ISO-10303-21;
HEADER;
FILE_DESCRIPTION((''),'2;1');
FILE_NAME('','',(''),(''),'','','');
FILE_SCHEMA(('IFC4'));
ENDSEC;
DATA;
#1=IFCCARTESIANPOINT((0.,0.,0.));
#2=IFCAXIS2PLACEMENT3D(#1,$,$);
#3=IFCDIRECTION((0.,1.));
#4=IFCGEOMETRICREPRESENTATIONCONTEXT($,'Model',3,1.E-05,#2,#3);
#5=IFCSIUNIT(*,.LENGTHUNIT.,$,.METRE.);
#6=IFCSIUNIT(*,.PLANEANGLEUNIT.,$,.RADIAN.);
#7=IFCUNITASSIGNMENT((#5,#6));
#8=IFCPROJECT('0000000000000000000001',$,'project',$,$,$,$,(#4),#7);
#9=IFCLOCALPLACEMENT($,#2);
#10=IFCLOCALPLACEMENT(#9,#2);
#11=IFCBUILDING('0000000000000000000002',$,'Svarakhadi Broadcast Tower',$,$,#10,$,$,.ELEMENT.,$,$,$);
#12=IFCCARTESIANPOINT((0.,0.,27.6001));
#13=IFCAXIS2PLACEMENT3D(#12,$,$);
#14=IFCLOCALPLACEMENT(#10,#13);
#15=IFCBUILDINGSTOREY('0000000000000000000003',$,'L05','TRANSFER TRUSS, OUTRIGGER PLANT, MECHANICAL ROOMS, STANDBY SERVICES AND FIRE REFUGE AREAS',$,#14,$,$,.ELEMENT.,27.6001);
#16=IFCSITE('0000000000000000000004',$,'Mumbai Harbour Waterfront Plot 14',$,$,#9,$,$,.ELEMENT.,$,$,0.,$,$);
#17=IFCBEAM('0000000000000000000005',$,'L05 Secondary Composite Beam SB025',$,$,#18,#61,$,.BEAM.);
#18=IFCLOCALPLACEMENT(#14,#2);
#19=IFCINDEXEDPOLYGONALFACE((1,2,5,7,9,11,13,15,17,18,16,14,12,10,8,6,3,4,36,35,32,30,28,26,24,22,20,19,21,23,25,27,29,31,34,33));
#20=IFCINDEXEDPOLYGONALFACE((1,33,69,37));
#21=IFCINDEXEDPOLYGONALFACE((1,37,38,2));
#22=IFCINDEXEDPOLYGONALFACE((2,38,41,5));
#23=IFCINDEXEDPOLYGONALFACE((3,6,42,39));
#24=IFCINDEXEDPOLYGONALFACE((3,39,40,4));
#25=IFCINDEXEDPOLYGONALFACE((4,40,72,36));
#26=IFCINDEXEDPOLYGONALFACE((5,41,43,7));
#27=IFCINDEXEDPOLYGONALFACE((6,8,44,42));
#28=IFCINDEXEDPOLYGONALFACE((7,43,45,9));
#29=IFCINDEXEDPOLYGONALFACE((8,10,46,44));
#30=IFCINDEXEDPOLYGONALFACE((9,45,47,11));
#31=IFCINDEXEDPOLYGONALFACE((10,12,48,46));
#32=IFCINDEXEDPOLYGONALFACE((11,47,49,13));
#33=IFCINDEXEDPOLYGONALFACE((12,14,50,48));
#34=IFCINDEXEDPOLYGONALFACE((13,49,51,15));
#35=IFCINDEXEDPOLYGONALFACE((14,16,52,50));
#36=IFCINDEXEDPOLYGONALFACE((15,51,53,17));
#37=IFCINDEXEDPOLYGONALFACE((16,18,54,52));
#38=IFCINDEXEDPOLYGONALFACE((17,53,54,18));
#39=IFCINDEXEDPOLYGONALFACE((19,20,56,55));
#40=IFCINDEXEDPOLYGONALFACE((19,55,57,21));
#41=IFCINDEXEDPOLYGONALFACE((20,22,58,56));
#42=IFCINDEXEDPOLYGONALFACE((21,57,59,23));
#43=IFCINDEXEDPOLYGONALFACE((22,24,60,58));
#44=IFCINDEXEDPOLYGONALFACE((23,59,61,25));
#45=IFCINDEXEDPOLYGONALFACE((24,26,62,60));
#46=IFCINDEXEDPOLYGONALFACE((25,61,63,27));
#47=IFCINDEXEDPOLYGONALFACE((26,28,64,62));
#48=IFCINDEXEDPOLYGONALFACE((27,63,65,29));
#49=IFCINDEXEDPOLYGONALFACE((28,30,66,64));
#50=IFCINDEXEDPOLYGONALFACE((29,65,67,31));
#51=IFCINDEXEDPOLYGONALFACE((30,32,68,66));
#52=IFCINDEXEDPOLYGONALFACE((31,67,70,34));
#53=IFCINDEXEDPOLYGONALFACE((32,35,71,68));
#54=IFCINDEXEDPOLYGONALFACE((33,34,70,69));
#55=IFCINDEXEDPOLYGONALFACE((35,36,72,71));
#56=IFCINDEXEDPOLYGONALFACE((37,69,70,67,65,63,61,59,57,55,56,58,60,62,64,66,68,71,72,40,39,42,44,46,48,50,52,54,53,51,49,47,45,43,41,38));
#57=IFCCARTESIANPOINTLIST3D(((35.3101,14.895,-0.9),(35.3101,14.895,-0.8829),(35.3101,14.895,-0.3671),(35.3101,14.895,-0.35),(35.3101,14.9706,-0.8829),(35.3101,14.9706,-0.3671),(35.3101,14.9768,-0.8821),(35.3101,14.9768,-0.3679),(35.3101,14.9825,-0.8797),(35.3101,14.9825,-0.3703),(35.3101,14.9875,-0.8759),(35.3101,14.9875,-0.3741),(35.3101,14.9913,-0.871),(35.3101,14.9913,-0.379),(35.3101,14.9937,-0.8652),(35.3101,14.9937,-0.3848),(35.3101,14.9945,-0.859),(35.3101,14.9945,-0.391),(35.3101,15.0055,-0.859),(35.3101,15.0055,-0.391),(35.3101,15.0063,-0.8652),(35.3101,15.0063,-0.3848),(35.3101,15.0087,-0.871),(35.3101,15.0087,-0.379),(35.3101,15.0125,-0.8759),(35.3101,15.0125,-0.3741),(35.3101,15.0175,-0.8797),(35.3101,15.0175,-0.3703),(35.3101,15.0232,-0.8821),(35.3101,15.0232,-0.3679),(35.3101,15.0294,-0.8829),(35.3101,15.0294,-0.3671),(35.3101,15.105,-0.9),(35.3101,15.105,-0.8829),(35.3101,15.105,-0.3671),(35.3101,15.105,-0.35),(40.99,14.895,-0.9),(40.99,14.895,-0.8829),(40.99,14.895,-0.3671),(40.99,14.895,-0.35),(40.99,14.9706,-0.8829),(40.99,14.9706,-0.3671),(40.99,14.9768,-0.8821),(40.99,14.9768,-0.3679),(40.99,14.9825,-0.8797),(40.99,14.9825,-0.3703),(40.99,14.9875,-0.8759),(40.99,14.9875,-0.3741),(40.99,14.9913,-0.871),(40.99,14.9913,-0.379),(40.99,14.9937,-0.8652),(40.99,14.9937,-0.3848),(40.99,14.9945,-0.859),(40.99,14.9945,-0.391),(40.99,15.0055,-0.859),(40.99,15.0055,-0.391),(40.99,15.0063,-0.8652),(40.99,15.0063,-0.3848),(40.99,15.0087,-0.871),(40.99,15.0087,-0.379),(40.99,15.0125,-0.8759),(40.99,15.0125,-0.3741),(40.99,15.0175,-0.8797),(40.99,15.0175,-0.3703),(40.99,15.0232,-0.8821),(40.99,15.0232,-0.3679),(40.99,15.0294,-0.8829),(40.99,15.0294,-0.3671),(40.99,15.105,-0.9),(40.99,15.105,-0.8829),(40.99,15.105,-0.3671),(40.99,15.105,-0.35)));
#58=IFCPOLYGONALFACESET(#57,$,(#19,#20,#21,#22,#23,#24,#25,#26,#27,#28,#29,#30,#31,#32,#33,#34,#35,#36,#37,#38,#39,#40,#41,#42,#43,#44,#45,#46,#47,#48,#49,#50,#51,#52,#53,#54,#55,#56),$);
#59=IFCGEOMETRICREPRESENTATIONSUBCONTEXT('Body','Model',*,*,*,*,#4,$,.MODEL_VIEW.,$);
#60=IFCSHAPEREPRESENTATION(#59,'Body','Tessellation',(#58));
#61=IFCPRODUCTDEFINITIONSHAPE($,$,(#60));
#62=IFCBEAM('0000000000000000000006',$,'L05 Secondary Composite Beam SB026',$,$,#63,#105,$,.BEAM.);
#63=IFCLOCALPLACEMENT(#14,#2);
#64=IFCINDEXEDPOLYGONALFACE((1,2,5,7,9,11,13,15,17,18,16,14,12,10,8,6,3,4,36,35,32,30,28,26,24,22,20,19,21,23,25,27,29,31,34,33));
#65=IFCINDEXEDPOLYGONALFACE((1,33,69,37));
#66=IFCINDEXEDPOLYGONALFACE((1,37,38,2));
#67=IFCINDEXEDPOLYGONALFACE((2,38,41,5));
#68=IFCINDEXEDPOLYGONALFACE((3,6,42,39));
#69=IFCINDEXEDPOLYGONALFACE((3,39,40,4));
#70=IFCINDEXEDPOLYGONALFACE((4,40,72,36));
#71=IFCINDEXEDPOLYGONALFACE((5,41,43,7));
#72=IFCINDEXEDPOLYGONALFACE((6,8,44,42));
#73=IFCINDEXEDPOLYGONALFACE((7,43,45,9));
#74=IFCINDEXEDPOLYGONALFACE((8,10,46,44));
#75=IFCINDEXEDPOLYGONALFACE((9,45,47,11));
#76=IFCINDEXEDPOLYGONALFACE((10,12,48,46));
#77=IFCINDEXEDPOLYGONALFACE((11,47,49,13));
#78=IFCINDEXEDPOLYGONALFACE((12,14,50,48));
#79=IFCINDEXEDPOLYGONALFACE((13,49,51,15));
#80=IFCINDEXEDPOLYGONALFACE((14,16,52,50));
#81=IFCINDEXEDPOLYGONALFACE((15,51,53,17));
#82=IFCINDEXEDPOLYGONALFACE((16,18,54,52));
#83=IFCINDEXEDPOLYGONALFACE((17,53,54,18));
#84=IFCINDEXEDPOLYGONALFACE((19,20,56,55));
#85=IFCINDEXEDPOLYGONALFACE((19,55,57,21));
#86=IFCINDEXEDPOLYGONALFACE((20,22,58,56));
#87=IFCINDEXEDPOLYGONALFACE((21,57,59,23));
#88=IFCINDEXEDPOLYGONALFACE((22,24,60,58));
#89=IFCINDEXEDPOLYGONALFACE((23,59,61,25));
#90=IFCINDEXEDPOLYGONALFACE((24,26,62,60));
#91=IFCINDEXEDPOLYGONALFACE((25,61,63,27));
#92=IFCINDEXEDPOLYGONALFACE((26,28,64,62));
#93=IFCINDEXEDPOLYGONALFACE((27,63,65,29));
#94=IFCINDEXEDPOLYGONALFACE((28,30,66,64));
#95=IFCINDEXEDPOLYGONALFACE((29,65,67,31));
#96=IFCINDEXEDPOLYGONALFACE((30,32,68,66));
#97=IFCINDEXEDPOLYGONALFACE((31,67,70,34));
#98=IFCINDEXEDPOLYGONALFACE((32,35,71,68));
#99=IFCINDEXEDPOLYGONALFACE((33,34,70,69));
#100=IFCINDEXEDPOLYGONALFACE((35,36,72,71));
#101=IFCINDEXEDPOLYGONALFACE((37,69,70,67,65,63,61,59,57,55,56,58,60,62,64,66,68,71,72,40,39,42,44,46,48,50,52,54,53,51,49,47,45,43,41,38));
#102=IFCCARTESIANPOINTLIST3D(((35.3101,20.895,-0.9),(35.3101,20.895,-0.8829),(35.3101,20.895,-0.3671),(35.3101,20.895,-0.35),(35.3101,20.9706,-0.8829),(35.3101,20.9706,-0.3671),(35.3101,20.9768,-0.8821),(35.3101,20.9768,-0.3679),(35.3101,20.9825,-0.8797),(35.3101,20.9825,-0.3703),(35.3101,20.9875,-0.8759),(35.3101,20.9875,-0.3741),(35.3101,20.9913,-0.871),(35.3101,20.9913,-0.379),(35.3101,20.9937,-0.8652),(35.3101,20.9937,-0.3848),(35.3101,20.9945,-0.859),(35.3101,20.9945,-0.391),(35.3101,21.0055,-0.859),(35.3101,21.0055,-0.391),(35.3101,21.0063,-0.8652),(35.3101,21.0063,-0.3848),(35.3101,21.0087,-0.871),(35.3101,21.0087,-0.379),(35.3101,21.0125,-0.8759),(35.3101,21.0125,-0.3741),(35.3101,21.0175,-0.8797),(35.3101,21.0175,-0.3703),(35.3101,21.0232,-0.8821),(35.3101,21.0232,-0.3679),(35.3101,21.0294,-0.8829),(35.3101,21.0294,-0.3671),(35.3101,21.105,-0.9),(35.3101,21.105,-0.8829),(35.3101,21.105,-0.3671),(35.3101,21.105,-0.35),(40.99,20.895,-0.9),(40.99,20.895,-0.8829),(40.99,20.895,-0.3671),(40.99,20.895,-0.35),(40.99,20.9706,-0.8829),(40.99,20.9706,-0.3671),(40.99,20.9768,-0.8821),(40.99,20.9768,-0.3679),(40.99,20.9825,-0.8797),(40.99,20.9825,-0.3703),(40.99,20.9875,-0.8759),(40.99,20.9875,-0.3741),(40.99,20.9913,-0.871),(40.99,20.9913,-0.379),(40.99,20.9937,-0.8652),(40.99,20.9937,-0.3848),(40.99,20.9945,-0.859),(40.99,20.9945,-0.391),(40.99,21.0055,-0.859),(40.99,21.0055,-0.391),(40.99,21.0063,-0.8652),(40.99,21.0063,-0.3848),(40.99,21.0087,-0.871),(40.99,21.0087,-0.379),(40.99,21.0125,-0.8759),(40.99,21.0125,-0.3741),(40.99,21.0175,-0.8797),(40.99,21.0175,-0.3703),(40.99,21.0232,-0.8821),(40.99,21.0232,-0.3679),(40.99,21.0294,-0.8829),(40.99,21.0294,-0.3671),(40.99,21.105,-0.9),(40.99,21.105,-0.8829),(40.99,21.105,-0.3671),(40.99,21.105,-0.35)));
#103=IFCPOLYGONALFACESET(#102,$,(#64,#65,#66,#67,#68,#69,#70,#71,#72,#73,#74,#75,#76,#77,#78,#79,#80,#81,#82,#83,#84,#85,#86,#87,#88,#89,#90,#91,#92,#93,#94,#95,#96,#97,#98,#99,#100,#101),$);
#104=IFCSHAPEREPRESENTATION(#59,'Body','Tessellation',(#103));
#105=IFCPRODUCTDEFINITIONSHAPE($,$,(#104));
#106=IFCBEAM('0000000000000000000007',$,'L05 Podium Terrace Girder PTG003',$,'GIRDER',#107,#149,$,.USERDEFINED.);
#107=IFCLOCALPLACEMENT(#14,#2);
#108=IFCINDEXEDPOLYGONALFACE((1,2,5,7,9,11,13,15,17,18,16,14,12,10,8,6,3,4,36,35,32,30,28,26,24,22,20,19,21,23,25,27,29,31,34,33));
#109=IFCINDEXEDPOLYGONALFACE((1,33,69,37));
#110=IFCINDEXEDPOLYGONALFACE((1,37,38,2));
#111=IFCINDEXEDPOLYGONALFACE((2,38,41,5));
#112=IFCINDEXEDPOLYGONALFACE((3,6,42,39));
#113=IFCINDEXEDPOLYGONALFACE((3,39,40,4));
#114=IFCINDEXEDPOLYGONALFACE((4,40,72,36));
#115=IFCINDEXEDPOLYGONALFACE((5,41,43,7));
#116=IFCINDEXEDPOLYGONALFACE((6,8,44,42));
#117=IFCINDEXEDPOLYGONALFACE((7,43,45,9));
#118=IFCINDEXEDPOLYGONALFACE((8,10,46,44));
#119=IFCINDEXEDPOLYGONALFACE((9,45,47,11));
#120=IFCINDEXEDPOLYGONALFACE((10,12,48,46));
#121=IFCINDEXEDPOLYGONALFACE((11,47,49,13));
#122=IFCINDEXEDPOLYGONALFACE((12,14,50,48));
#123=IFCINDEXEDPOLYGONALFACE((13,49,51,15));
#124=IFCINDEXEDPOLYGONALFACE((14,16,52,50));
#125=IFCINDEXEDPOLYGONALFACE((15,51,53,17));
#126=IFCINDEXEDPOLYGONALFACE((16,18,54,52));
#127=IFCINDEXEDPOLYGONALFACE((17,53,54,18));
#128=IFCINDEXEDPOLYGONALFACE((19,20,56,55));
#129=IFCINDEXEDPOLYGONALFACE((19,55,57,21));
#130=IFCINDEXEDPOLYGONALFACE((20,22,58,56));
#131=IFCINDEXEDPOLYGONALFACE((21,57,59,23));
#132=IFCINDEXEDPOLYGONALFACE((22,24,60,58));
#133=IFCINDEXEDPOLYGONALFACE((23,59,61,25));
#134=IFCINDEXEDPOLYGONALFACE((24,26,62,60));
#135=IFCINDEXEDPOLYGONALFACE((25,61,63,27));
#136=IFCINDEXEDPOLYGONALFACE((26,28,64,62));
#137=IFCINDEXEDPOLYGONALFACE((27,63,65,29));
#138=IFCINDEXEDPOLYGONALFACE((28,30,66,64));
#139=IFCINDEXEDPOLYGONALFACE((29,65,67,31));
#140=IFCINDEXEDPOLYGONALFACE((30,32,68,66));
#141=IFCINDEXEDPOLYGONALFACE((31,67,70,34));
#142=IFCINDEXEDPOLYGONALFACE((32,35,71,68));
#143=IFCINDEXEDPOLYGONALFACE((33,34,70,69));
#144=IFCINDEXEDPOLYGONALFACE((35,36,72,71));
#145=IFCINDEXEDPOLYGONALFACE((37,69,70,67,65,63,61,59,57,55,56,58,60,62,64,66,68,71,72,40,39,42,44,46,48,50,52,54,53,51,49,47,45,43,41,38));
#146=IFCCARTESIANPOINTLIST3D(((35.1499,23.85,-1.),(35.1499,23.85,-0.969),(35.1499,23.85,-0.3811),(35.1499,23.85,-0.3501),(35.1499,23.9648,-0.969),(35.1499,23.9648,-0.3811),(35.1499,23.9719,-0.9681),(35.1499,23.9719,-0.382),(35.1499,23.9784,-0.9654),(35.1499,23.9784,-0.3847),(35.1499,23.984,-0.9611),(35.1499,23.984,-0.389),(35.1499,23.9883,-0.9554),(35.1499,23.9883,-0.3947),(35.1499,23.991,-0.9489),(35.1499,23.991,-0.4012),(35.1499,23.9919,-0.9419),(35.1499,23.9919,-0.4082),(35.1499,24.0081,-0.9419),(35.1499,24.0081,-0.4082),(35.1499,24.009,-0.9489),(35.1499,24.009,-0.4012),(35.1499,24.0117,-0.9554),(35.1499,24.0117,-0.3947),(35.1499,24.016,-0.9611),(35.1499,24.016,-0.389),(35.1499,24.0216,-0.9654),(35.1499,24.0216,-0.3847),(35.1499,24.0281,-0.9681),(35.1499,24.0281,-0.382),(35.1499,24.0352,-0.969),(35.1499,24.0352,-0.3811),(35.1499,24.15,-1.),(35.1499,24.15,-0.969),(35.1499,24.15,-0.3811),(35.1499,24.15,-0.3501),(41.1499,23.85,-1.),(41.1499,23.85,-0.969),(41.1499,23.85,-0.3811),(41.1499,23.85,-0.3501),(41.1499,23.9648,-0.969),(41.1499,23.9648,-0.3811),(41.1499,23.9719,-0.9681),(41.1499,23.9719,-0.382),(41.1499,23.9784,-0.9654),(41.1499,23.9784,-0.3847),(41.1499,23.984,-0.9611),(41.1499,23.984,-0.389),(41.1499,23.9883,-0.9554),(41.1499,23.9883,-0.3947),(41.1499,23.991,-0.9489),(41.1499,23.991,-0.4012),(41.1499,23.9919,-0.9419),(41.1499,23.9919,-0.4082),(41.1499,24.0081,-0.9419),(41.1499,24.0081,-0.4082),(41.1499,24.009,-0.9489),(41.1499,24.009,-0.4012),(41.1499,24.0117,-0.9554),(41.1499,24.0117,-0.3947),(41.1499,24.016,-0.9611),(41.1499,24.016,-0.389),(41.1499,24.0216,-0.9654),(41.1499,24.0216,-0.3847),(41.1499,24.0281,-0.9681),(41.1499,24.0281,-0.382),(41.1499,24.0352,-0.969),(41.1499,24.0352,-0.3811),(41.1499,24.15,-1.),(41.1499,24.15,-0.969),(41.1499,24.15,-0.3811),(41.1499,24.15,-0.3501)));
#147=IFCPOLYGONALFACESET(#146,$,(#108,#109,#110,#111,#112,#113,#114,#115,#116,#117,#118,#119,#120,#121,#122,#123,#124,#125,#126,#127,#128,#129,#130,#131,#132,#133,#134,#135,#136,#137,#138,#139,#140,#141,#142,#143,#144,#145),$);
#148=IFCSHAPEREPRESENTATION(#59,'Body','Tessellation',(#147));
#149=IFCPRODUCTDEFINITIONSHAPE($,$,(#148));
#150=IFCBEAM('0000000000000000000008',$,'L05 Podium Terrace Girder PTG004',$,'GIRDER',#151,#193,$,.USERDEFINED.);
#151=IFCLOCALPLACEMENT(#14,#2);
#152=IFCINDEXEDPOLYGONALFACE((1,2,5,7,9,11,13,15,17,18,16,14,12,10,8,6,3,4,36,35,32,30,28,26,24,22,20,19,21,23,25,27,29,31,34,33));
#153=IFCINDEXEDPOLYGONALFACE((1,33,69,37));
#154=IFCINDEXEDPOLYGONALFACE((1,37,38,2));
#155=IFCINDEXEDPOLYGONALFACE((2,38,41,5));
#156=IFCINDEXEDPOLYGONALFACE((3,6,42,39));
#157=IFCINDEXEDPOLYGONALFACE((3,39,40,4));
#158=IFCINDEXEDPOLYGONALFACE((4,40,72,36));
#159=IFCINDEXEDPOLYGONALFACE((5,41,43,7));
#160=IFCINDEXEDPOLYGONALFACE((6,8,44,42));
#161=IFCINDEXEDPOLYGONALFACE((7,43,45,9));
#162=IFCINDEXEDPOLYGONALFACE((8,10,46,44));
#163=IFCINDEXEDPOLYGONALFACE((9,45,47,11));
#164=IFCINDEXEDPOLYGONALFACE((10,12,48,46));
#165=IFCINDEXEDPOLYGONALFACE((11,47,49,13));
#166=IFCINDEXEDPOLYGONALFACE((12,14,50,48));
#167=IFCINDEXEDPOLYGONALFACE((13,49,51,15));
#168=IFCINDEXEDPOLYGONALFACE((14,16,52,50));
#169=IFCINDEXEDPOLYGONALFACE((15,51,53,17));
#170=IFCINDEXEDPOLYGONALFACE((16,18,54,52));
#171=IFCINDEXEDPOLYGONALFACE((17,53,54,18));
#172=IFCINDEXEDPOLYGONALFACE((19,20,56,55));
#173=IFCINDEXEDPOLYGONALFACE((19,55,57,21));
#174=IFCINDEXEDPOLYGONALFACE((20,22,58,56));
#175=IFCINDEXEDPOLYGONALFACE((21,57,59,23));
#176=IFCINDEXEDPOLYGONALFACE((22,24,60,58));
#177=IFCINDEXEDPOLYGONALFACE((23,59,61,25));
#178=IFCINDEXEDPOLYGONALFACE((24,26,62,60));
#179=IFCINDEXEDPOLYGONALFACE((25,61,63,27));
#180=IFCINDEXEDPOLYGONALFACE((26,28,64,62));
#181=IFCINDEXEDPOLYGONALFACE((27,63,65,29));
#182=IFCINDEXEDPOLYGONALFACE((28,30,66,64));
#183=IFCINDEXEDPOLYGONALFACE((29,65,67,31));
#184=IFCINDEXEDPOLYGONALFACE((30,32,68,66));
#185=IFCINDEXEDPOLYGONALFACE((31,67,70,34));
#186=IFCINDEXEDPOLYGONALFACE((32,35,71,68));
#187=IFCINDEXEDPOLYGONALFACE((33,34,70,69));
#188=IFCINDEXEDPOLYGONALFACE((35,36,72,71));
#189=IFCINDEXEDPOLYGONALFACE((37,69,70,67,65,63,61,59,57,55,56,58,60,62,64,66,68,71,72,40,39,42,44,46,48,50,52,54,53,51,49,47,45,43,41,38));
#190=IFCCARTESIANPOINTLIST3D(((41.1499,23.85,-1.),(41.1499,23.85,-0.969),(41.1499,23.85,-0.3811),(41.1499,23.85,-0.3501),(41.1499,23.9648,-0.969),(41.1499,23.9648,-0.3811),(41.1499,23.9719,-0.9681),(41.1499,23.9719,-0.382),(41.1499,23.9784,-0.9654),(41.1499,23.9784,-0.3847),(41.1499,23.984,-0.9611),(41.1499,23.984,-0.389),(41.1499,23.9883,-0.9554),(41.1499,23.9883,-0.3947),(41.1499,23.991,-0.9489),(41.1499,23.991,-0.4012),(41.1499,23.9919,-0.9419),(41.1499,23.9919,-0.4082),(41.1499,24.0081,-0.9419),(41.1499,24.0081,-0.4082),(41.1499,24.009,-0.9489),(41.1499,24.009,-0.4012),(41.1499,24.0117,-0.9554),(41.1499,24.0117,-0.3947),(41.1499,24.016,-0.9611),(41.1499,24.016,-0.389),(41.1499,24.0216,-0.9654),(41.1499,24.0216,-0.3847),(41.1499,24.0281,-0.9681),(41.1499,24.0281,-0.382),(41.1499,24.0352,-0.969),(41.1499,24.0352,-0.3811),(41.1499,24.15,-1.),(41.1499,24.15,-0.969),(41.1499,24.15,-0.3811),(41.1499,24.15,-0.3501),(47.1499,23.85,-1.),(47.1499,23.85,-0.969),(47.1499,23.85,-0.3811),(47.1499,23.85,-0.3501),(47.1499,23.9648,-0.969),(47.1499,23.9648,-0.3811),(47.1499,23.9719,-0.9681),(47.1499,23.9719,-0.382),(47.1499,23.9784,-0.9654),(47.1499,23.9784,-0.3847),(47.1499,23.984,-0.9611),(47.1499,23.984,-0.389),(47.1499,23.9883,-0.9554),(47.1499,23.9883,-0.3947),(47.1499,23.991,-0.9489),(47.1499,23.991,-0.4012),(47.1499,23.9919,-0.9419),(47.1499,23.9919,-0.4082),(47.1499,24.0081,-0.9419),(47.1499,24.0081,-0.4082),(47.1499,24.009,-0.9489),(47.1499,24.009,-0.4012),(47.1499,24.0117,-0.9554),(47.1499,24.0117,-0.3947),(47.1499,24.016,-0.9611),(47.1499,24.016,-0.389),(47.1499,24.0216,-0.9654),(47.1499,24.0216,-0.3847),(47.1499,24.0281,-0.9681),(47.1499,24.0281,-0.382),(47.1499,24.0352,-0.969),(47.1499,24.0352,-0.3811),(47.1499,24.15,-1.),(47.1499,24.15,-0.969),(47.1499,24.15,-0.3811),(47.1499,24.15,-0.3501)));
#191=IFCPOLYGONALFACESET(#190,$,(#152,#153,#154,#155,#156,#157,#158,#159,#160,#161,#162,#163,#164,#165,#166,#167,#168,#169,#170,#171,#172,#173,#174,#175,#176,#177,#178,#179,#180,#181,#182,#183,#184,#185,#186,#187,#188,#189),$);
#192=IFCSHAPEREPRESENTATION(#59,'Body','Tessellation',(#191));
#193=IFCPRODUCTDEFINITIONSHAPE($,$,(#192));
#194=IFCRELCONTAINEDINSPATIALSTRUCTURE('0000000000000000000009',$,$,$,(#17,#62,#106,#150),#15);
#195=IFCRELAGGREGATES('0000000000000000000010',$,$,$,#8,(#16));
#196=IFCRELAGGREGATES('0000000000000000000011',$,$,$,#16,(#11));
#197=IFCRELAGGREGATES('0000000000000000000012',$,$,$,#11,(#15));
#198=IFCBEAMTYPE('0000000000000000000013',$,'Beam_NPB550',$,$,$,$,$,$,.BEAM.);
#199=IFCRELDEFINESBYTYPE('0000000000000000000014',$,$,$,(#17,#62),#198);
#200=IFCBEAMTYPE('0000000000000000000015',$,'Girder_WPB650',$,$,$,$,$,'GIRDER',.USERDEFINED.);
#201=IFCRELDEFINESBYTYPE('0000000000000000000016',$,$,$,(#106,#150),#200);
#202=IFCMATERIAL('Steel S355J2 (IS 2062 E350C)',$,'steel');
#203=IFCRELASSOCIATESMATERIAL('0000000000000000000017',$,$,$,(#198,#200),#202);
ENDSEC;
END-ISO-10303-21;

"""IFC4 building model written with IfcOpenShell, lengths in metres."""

from ifc_helpers import new_model, si_unit, direction, frame, origin, origin_2d, place, context, subcontext, project, spatial, i_section, extrude, material, material_profile, profile_set, type_object, element, save


model = new_model("IFC4")

# Units and contexts
model_context = context("Model", 3, precision=1e-05, world=origin(), true_north=direction((0.0, 1.0)))
body_context = subcontext(model_context, "Body", "Model", "MODEL_VIEW")
ifc_project = project(units=[si_unit("LENGTHUNIT", "METRE"), si_unit("PLANEANGLEUNIT", "RADIAN")], contexts=[model_context])

# Site, building, storey
site_placement = place(None, origin())
site = spatial("IfcSite", under=ifc_project, at=site_placement, Name="Mumbai Harbour Waterfront Plot 14", CompositionType="ELEMENT", RefElevation=0.0)
building_placement = place(site_placement, origin())
building = spatial("IfcBuilding", under=site, at=building_placement, Name="Svarakhadi Broadcast Tower", CompositionType="ELEMENT")
storey_placement = place(building_placement, frame((0.0, 0.0, 27.6001)))
storey = spatial("IfcBuildingStorey", under=building, at=storey_placement, Name="L05", Description="TRANSFER TRUSS, OUTRIGGER PLANT, MECHANICAL ROOMS, STANDBY SERVICES AND FIRE REFUGE AREAS", CompositionType="ELEMENT", Elevation=27.6001)

# Beams
ifc_material_1 = material(Name="Steel S355J2 (IS 2062 E350C)", Category="steel")
ifc_material_profile_1 = material_profile(ifc_material_1, i_section(OverallWidth=0.21, OverallDepth=0.55, WebThickness=0.011, FlangeThickness=0.0171, FilletRadius=0.0239, at=origin_2d()), Name="NPB 550x210x106")
ifc_profile_set_1 = profile_set([ifc_material_profile_1], Name="Steel S355J2 (IS 2062 E350C)")
beam_type_1 = type_object("IfcBeamType", Name="Beam_NPB550", PredefinedType="BEAM", material=ifc_profile_set_1)
for number, where, z_axis, x_axis, name in (
    (1, (35.3101, 15.0, -0.625), (1.0, 0.0, 0.0), (0.0, 1.0, 0.0), "L05 Secondary Composite Beam SB025"),
    (2, (35.3101, 21.0, -0.625), (1.0, 0.0, 0.0), (0.0, 1.0, 0.0), "L05 Secondary Composite Beam SB026"),
):
    element("IfcBeam", number, at=place(storey_placement, frame(where, z_axis=z_axis, x_axis=x_axis)), inside=storey, type_object=beam_type_1, Name=name, PredefinedType="BEAM", context=body_context, shape_type="SweptSolid", body=[
        extrude(i_section(OverallWidth=0.21, OverallDepth=0.55, WebThickness=0.011, FlangeThickness=0.0171, FilletRadius=0.0239, at=origin_2d()), origin(), (0.0, 0.0, 1.0), 5.6799),
    ])
ifc_material_profile_2 = material_profile(ifc_material_1, i_section(OverallWidth=0.3, OverallDepth=0.6499, WebThickness=0.0161, FlangeThickness=0.031, FilletRadius=0.0271, at=origin_2d()), Name="WPB 650x300x225")
ifc_profile_set_2 = profile_set([ifc_material_profile_2], Name="Steel S355J2 (IS 2062 E350C)")
beam_type_2 = type_object("IfcBeamType", Name="Girder_WPB650", ElementType="GIRDER", PredefinedType="USERDEFINED", material=ifc_profile_set_2)
for number, where, z_axis, x_axis, name in (
    (3, (35.1499, 24.0, -0.675), (1.0, 0.0, 0.0), (0.0, 1.0, 0.0), "L05 Podium Terrace Girder PTG003"),
    (4, (41.1499, 24.0, -0.675), (1.0, 0.0, 0.0), (0.0, 1.0, 0.0), "L05 Podium Terrace Girder PTG004"),
):
    element("IfcBeam", number, at=place(storey_placement, frame(where, z_axis=z_axis, x_axis=x_axis)), inside=storey, type_object=beam_type_2, Name=name, ObjectType="GIRDER", PredefinedType="USERDEFINED", context=body_context, shape_type="SweptSolid", body=[
        extrude(i_section(OverallWidth=0.3, OverallDepth=0.6499, WebThickness=0.0161, FlangeThickness=0.031, FilletRadius=0.0271, at=origin_2d()), origin(), (0.0, 0.0, 1.0), 6.0),
    ])

save(model, "model.ifc")
